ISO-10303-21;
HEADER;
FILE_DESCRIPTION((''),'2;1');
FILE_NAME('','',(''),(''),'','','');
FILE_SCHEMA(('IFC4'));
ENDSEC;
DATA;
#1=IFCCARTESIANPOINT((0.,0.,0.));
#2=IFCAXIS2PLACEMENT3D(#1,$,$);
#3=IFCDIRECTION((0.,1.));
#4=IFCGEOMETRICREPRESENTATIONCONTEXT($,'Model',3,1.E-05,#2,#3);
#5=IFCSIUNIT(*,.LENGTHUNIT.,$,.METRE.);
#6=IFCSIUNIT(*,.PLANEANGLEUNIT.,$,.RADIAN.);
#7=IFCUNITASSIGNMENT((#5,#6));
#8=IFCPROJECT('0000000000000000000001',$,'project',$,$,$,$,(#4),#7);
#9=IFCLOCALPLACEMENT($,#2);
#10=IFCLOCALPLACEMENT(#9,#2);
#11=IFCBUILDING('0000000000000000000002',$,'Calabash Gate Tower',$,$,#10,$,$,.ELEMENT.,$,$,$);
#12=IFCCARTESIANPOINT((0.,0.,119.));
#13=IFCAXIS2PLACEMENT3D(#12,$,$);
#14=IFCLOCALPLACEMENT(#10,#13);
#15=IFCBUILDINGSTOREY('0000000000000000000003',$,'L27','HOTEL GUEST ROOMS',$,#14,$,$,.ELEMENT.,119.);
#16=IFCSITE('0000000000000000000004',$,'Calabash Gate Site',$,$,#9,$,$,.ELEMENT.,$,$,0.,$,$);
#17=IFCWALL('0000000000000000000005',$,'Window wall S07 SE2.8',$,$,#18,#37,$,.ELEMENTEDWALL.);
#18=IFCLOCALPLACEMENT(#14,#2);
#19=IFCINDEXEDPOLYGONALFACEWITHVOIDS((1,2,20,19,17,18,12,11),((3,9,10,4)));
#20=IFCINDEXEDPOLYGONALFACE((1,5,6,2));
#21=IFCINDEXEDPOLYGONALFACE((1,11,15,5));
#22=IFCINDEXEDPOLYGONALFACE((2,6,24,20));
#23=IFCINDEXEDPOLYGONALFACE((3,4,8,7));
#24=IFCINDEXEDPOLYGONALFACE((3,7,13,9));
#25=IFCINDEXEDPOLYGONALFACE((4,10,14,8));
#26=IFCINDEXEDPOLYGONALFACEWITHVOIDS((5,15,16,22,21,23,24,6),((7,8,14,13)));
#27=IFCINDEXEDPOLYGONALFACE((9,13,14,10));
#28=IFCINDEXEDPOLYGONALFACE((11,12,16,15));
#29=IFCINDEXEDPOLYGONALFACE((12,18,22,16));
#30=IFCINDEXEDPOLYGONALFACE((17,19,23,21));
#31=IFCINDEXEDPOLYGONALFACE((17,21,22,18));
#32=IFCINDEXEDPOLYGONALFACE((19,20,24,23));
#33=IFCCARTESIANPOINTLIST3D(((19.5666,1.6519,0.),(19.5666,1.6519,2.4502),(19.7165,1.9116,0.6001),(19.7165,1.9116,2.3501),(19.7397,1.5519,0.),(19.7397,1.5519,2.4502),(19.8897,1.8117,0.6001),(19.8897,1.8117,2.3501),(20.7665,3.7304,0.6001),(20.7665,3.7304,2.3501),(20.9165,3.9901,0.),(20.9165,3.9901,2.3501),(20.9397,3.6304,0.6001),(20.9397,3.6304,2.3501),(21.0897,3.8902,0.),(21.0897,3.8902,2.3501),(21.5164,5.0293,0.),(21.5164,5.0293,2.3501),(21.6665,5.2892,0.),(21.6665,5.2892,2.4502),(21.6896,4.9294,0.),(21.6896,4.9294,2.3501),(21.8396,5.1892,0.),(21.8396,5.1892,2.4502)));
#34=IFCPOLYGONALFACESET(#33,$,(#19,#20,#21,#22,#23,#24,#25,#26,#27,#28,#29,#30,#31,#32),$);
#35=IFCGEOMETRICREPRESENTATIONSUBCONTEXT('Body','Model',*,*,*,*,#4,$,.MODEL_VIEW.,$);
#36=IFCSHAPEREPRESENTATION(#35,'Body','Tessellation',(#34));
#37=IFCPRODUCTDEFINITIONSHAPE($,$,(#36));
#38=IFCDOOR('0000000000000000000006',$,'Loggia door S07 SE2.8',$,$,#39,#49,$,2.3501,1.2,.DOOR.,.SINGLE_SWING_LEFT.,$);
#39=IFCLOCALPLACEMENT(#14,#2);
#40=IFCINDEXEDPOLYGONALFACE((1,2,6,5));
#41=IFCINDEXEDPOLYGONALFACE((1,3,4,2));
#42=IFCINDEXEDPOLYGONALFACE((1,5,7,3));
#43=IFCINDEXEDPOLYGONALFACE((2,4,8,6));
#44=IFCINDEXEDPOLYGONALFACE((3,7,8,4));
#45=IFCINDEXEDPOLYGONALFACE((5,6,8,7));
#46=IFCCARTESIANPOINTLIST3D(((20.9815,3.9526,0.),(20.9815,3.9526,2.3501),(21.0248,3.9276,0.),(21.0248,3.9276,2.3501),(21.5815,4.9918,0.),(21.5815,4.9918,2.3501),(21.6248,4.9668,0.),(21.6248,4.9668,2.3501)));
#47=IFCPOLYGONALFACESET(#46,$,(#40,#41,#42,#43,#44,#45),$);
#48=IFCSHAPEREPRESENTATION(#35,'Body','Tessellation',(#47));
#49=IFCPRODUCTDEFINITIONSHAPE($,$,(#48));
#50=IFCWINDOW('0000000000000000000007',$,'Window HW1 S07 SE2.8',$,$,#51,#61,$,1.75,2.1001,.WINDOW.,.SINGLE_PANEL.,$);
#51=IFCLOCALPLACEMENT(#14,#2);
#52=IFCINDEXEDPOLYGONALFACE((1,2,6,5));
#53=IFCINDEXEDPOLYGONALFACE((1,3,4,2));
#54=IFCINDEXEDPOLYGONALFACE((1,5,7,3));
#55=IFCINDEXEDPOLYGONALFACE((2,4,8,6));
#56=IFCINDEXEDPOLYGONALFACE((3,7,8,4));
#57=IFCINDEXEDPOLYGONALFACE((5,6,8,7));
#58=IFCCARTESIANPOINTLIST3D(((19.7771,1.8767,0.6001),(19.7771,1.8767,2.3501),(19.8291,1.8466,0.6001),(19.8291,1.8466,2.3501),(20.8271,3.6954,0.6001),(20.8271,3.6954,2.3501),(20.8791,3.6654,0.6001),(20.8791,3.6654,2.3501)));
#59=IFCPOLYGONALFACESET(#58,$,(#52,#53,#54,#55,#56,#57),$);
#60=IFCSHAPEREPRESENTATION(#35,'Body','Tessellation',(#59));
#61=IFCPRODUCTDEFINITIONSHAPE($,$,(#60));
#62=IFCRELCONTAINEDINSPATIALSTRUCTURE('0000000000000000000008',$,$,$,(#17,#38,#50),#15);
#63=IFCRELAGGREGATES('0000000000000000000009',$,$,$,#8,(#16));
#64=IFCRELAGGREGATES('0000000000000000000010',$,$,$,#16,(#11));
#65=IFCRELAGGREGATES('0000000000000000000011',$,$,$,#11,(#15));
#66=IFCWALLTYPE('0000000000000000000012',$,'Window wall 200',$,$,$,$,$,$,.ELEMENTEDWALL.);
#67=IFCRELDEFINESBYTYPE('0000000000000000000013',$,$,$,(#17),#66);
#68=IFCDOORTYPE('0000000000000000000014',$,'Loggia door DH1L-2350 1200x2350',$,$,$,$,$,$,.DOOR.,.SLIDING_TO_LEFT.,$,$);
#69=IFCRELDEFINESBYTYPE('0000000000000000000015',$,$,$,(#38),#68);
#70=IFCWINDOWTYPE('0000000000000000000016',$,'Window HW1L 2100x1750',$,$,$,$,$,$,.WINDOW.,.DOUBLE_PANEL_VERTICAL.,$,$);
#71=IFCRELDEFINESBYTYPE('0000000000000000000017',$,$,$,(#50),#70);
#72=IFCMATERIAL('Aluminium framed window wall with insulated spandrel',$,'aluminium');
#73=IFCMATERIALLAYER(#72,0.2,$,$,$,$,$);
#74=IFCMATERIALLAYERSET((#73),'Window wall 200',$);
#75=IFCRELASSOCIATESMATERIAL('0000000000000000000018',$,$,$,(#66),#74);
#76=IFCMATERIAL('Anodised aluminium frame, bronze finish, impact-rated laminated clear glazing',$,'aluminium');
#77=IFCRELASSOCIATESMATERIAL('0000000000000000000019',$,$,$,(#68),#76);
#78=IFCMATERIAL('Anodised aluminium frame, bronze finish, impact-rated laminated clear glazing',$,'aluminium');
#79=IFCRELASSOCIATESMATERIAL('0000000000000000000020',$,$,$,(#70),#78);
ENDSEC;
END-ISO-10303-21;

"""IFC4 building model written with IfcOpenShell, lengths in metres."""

from ifc_helpers import new_model, si_unit, direction, frame, frame_2d, origin, place, context, subcontext, project, spatial, rectangle, extrude, material, layer, layer_set, type_object, element, fill, save


model = new_model("IFC4")

# Units and contexts
model_context = context("Model", 3, precision=1e-05, world=origin(), true_north=direction((0.0, 1.0)))
body_context = subcontext(model_context, "Body", "Model", "MODEL_VIEW")
ifc_project = project(units=[si_unit("LENGTHUNIT", "METRE"), si_unit("PLANEANGLEUNIT", "RADIAN")], contexts=[model_context])

# Site, building, storey
site_placement = place(None, origin())
site = spatial("IfcSite", under=ifc_project, at=site_placement, Name="Calabash Gate Site", CompositionType="ELEMENT", RefElevation=0.0)
building_placement = place(site_placement, origin())
building = spatial("IfcBuilding", under=site, at=building_placement, Name="Calabash Gate Tower", CompositionType="ELEMENT")
storey_placement = place(building_placement, frame((0.0, 0.0, 119.0)))
storey = spatial("IfcBuildingStorey", under=building, at=storey_placement, Name="L27", Description="HOTEL GUEST ROOMS", CompositionType="ELEMENT", Elevation=119.0)

# Wall, openings, door, window
ifc_material_1 = material(Name="Aluminium framed window wall with insulated spandrel", Category="aluminium")
ifc_layer_1 = layer(ifc_material_1, 0.2)
ifc_layer_set_1 = layer_set([ifc_layer_1], Name="Window wall 200")
wall_type_1 = type_object("IfcWallType", Name="Window wall 200", PredefinedType="ELEMENTEDWALL", material=ifc_layer_set_1)
wall_1_placement = place(storey_placement, frame((19.6531, 1.6018, 0.0), z_axis=(0.0, 0.0, 1.0), x_axis=(0.499984, 0.866035, 0.0)))
wall_1 = element("IfcWall", 1, at=wall_1_placement, inside=storey, type_object=wall_type_1, Name="Window wall S07 SE2.8", PredefinedType="ELEMENTEDWALL", context=body_context, shape_type="SweptSolid", body=[
    extrude(rectangle(XDim=4.2, YDim=0.2, at=frame_2d((2.1001, 0.0))), origin(), (0.0, 0.0, 1.0), 2.4502),
])
opening_1_placement = place(wall_1_placement, frame((0.3, 0.0, 0.6001)))
opening_1 = element("IfcOpeningElement", 2, at=opening_1_placement, cuts=wall_1, PredefinedType="OPENING", context=body_context, shape_type="SweptSolid", body=[
    extrude(rectangle(XDim=2.1001, YDim=1.75, at=frame_2d((1.05, 0.875))), frame((0.0, 0.1099, 0.0), z_axis=(0.0, -1.0, 0.0), x_axis=(1.0, 0.0, 0.0)), (0.0, 0.0, 1.0), 0.22),
])
opening_2_placement = place(wall_1_placement, frame((2.7, 0.0, 0.0)))
opening_2 = element("IfcOpeningElement", 3, at=opening_2_placement, cuts=wall_1, PredefinedType="OPENING", context=body_context, shape_type="SweptSolid", body=[
    extrude(rectangle(XDim=1.2, YDim=2.3501, at=frame_2d((0.6001, 1.175))), frame((0.0, 0.1099, 0.0), z_axis=(0.0, -1.0, 0.0), x_axis=(1.0, 0.0, 0.0)), (0.0, 0.0, 1.0), 0.22),
])
ifc_material_2 = material(Name="Anodised aluminium frame, bronze finish, impact-rated laminated clear glazing", Category="aluminium")
door_type_1 = type_object("IfcDoorType", Name="Loggia door DH1L-2350 1200x2350", OperationType="SLIDING_TO_LEFT", PredefinedType="DOOR", material=ifc_material_2)
door_1_placement = place(opening_2_placement, origin())
door_1 = element("IfcDoor", 4, at=door_1_placement, inside=storey, type_object=door_type_1, Name="Loggia door S07 SE2.8", OperationType="SINGLE_SWING_LEFT", OverallHeight=2.3501, OverallWidth=1.2, PredefinedType="DOOR", context=body_context, shape_type="SweptSolid", body=[
    extrude(rectangle(XDim=1.2, YDim=2.3501, at=frame_2d((0.6001, 1.175))), frame((0.0, 0.0249, 0.0), z_axis=(0.0, -1.0, 0.0), x_axis=(1.0, 0.0, 0.0)), (0.0, 0.0, 1.0), 0.05),
])
fill(opening_2, door_1)
ifc_material_3 = material(Name="Anodised aluminium frame, bronze finish, impact-rated laminated clear glazing", Category="aluminium")
window_type_1 = type_object("IfcWindowType", Name="Window HW1L 2100x1750", PartitioningType="DOUBLE_PANEL_VERTICAL", PredefinedType="WINDOW", material=ifc_material_3)
window_1_placement = place(opening_1_placement, origin())
window_1 = element("IfcWindow", 5, at=window_1_placement, inside=storey, type_object=window_type_1, Name="Window HW1 S07 SE2.8", OverallHeight=1.75, OverallWidth=2.1001, PartitioningType="SINGLE_PANEL", PredefinedType="WINDOW", context=body_context, shape_type="SweptSolid", body=[
    extrude(rectangle(XDim=2.1001, YDim=1.75, at=frame_2d((1.05, 0.875))), frame((0.0, 0.03, 0.0), z_axis=(0.0, -1.0, 0.0), x_axis=(1.0, 0.0, 0.0)), (0.0, 0.0, 1.0), 0.0601),
])
fill(opening_1, window_1)

save(model, "model.ifc")
